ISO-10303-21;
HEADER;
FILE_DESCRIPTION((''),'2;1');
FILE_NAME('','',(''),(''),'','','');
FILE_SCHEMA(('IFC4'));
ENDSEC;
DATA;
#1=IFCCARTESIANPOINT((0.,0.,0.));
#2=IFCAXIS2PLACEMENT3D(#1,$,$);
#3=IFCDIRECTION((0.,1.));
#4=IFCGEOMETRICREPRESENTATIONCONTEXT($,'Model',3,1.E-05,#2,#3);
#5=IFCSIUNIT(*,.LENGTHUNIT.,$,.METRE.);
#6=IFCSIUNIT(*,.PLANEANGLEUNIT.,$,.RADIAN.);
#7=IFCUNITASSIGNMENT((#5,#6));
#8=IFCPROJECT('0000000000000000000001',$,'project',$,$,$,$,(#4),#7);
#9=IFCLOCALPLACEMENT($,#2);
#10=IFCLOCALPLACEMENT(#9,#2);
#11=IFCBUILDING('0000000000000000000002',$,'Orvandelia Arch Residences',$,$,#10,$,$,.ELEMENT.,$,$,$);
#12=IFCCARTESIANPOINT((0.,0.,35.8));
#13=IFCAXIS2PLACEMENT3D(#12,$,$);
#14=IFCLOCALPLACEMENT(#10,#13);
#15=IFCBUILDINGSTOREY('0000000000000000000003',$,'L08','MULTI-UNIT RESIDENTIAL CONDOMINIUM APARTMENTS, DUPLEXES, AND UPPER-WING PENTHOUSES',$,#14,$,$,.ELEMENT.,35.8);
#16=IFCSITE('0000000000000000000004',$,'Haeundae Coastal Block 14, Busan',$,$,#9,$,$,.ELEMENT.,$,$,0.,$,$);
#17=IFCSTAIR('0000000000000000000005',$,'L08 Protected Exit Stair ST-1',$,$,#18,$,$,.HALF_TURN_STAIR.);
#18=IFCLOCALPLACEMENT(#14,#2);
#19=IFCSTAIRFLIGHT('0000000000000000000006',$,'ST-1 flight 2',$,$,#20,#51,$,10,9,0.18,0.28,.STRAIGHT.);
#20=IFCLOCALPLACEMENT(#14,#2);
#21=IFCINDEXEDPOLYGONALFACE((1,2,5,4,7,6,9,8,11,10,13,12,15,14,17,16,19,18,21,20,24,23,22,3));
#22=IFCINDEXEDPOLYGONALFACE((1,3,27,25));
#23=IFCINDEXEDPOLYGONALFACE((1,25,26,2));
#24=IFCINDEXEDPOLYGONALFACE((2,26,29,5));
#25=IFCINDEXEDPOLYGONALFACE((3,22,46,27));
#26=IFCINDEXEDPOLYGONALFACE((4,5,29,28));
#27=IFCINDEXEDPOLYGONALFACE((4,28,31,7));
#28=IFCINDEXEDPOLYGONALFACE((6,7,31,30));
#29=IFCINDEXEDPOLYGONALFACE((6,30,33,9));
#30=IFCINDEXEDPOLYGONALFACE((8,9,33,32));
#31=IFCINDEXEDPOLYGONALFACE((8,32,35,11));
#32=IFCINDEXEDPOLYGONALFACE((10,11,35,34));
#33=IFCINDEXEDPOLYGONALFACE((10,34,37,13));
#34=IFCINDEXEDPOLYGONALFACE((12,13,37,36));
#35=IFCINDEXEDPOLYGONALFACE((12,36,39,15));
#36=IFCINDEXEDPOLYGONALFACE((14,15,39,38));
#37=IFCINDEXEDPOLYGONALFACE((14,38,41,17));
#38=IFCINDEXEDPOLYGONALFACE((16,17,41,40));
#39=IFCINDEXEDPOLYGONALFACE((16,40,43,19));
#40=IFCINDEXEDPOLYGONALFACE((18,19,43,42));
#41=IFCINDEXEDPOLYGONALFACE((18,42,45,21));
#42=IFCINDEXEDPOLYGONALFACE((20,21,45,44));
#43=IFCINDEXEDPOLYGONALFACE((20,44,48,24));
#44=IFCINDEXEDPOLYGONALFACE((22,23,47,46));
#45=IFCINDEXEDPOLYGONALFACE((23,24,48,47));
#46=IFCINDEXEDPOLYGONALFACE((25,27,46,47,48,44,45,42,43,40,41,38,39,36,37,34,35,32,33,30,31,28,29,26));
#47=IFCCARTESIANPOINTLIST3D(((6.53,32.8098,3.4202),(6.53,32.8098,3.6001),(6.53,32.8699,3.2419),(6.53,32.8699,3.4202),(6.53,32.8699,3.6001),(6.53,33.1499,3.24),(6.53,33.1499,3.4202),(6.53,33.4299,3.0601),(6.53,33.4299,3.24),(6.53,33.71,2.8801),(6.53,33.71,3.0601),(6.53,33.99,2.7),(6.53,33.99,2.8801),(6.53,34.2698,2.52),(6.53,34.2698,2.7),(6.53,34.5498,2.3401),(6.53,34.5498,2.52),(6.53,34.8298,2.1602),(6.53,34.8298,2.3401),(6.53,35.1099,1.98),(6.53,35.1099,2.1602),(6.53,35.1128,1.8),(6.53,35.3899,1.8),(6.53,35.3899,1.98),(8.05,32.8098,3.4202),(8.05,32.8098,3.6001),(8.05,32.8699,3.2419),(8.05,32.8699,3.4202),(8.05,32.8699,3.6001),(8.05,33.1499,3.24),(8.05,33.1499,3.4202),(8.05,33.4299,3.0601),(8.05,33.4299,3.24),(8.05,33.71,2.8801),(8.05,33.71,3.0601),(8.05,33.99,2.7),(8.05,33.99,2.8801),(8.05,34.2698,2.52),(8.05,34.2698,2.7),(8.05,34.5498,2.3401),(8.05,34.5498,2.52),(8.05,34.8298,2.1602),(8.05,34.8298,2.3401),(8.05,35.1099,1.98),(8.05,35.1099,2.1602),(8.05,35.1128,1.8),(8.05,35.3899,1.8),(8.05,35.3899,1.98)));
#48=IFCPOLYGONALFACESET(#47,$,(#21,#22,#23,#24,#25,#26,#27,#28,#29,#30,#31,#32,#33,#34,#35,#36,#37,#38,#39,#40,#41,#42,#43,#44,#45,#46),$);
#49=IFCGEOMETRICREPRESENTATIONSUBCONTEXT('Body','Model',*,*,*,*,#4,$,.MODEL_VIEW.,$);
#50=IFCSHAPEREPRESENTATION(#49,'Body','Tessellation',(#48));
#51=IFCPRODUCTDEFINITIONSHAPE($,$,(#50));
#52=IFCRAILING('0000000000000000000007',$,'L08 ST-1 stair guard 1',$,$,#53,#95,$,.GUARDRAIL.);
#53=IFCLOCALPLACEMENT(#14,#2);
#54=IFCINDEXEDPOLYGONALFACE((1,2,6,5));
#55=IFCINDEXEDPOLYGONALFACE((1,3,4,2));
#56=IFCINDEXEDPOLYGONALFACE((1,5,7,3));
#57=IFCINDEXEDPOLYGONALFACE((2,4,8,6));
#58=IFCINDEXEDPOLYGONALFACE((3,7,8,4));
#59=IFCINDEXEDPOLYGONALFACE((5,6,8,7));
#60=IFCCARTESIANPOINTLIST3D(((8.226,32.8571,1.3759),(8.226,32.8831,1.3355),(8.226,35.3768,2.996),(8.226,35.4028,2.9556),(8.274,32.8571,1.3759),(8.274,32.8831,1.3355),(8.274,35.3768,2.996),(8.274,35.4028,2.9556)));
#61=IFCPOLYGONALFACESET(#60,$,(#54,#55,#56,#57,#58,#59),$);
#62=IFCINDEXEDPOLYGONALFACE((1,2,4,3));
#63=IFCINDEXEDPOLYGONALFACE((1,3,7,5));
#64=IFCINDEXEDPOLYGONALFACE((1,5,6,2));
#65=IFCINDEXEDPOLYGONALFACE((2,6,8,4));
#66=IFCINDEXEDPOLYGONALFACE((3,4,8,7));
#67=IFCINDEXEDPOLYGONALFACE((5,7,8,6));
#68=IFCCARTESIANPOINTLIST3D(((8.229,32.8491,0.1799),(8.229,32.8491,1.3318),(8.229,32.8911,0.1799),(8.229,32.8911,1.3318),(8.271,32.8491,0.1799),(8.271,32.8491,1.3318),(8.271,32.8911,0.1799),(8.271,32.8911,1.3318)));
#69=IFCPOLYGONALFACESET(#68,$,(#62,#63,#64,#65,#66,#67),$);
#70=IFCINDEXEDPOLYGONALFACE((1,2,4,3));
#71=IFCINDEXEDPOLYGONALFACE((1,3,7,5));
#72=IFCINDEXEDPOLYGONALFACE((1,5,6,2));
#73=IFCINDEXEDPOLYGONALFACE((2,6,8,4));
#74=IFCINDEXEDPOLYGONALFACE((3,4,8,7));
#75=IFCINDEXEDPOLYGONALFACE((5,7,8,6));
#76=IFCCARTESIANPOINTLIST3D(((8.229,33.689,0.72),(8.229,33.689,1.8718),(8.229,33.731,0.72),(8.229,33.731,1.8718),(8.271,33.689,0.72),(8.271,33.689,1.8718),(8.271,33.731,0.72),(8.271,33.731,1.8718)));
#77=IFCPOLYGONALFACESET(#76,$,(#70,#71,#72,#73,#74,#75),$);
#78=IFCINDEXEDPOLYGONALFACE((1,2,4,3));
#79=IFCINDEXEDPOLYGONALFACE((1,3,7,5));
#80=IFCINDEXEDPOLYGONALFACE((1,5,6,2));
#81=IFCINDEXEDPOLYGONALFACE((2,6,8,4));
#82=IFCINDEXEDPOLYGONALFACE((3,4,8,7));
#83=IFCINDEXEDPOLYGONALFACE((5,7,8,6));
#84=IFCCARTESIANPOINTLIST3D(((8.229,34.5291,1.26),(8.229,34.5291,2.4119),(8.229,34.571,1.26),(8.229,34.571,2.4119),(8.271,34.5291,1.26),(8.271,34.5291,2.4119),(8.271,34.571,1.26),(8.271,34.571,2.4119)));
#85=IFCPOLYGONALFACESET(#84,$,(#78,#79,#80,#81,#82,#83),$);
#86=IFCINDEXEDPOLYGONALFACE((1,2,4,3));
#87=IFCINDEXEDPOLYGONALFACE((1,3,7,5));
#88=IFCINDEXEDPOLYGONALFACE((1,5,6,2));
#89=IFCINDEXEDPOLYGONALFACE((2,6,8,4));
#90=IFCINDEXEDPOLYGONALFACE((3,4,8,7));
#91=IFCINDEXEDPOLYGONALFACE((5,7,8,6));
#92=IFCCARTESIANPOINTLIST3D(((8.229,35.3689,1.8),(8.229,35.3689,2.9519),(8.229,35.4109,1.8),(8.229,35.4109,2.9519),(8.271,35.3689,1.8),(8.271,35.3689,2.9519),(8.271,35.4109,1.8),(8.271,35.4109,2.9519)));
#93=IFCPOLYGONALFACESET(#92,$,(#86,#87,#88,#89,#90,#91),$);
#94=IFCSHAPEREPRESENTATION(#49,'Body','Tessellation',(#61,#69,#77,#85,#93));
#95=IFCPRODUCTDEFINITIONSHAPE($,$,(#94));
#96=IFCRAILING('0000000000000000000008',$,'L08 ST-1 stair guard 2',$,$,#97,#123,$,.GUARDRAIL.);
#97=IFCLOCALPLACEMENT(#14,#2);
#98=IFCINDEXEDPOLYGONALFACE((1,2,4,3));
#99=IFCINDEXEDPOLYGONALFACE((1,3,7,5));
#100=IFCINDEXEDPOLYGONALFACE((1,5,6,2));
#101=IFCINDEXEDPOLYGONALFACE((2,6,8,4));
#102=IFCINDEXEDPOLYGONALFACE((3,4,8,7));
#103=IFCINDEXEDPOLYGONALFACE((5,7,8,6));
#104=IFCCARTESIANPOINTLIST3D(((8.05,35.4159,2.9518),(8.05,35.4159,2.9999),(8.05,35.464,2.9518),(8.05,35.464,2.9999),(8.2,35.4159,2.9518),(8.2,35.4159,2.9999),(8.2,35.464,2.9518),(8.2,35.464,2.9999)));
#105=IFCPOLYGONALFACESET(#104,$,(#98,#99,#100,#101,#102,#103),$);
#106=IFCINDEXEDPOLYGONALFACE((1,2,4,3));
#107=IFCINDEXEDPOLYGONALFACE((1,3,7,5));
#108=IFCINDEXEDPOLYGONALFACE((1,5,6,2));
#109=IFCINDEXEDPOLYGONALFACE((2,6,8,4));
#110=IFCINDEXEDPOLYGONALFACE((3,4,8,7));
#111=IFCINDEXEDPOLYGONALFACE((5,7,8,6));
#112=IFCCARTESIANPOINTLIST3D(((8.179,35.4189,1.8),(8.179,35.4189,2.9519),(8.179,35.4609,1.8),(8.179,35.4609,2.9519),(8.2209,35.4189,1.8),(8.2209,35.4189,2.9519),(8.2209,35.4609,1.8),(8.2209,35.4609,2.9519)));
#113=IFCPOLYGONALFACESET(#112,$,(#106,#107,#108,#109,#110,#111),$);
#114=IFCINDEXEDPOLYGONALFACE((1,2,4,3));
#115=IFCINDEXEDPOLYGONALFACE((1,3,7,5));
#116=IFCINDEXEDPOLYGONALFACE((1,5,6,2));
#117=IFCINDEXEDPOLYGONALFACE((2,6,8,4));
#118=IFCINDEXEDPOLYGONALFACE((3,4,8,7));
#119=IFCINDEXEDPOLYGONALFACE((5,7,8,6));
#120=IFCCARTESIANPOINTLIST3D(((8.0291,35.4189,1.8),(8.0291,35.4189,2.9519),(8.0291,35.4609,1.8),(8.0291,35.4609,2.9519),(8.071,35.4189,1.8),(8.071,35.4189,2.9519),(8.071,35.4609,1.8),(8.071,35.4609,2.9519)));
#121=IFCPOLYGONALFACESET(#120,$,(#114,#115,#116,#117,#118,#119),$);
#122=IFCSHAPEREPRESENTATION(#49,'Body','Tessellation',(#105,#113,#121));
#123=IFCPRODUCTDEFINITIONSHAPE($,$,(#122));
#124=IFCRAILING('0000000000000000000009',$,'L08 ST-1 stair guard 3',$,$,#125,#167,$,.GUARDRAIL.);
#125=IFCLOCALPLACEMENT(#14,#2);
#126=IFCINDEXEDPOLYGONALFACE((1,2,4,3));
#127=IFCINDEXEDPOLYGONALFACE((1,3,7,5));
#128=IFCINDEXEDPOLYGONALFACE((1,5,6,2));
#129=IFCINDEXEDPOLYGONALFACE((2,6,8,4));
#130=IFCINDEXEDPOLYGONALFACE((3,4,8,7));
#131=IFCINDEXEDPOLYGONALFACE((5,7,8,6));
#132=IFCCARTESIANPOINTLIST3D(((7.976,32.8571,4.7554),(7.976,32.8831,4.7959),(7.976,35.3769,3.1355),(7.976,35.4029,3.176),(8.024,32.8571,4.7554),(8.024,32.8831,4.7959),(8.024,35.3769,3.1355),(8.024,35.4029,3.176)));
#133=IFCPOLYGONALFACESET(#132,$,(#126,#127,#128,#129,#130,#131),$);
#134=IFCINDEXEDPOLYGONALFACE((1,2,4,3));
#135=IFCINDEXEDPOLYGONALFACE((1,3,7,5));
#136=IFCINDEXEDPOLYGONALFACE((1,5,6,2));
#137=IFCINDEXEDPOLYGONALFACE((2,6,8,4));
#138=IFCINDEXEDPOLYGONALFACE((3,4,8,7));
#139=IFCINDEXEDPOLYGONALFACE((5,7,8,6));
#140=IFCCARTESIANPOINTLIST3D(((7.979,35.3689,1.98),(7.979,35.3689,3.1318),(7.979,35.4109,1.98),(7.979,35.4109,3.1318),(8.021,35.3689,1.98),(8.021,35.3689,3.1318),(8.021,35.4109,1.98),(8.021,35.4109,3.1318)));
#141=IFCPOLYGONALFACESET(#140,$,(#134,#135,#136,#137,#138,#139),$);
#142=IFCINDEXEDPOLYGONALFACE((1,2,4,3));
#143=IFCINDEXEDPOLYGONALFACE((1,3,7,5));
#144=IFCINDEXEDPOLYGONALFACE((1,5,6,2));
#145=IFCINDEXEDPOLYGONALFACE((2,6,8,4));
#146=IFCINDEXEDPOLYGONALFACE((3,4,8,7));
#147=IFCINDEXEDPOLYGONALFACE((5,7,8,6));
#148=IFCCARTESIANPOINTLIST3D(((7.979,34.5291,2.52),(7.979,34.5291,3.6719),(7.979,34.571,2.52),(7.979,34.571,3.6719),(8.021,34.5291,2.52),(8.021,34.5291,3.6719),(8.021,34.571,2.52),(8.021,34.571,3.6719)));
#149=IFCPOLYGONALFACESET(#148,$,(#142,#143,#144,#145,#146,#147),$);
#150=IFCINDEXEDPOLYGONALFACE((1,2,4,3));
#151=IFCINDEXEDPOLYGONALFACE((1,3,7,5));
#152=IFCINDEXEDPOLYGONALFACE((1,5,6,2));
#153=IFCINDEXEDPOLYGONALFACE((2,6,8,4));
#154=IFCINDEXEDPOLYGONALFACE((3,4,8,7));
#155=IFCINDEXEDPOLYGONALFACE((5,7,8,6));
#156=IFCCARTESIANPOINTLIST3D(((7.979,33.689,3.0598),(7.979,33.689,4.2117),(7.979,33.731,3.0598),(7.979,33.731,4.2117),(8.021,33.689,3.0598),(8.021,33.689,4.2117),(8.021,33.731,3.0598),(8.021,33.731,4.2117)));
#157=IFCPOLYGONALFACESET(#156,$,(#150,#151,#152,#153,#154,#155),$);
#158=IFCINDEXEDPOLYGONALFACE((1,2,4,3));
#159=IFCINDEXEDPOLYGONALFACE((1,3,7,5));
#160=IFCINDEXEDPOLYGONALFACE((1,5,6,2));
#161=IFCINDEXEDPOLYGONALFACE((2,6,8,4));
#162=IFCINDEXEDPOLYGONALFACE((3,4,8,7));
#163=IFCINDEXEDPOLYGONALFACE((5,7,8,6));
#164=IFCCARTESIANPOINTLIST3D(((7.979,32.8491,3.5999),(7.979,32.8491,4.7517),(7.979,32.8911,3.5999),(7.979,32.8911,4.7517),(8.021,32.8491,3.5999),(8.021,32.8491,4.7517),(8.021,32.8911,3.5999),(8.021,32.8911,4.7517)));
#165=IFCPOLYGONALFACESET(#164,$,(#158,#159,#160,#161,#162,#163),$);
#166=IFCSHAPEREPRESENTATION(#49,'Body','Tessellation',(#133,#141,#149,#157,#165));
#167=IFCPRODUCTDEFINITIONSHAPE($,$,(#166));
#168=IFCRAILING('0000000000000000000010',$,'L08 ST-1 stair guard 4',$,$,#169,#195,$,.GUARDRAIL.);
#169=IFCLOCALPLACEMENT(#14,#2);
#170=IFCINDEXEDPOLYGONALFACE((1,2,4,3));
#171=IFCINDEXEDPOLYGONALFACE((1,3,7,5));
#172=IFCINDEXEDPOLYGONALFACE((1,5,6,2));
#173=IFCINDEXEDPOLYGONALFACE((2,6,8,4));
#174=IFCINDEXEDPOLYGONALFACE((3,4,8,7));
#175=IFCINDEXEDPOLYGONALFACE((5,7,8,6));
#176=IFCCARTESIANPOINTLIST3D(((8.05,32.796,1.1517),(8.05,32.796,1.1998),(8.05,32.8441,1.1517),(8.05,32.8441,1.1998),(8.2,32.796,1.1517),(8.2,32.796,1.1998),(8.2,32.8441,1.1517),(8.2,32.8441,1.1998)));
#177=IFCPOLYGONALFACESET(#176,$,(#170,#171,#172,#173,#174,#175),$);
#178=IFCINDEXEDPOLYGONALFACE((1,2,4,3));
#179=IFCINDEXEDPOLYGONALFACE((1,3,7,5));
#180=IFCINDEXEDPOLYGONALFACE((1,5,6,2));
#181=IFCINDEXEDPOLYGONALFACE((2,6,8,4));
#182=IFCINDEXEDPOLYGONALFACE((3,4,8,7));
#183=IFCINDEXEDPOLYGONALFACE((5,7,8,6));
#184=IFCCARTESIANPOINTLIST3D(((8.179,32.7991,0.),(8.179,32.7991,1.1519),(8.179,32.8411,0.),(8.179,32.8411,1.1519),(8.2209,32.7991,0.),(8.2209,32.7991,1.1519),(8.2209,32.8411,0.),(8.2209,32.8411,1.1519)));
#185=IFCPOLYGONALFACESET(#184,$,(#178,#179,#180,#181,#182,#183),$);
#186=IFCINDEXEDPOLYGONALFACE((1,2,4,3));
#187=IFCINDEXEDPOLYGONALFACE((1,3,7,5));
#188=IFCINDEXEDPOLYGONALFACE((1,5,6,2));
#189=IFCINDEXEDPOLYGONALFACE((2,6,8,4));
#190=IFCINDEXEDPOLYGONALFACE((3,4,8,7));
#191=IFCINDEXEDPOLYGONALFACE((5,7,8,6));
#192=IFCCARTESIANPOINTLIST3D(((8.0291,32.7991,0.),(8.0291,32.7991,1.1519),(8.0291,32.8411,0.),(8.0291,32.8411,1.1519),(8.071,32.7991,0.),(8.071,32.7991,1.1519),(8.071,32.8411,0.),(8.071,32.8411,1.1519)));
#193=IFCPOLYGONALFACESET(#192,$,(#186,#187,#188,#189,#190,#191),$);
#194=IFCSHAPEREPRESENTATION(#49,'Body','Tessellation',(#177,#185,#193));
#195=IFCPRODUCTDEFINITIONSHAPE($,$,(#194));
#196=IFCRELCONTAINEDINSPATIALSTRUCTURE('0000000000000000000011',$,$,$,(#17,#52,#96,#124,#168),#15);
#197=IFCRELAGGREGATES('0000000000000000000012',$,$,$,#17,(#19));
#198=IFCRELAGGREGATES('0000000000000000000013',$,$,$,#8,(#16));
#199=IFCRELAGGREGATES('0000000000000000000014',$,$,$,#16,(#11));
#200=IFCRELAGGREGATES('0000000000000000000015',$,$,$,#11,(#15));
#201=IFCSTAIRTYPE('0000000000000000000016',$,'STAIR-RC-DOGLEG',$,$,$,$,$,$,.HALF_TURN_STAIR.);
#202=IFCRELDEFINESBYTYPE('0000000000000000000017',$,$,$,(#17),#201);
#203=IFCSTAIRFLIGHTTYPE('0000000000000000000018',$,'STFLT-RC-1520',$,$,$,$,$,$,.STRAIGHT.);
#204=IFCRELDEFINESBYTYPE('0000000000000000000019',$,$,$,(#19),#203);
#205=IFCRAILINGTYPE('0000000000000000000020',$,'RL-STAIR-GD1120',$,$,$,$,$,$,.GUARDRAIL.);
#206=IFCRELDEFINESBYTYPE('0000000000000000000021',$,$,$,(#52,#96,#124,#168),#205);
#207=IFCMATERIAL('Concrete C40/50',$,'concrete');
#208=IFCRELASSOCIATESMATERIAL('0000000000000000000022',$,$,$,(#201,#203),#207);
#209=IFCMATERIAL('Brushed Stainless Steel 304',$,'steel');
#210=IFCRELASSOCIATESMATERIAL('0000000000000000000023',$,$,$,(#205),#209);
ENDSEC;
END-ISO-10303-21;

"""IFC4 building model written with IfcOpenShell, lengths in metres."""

from ifc_helpers import new_model, si_unit, direction, frame, origin, origin_2d, place, context, subcontext, project, spatial, polyline, rectangle, outline, extrude, material, type_object, element, aggregate, save


model = new_model("IFC4")

# Units and contexts
model_context = context("Model", 3, precision=1e-05, world=origin(), true_north=direction((0.0, 1.0)))
body_context = subcontext(model_context, "Body", "Model", "MODEL_VIEW")
ifc_project = project(units=[si_unit("LENGTHUNIT", "METRE"), si_unit("PLANEANGLEUNIT", "RADIAN")], contexts=[model_context])

# Site, building, storey
site_placement = place(None, origin())
site = spatial("IfcSite", under=ifc_project, at=site_placement, Name="Haeundae Coastal Block 14, Busan", CompositionType="ELEMENT", RefElevation=0.0)
building_placement = place(site_placement, origin())
building = spatial("IfcBuilding", under=site, at=building_placement, Name="Orvandelia Arch Residences", CompositionType="ELEMENT")
storey_placement = place(building_placement, frame((0.0, 0.0, 35.8)))
storey = spatial("IfcBuildingStorey", under=building, at=storey_placement, Name="L08", Description="MULTI-UNIT RESIDENTIAL CONDOMINIUM APARTMENTS, DUPLEXES, AND UPPER-WING PENTHOUSES", CompositionType="ELEMENT", Elevation=35.8)

# Stair, stair flight
ifc_material_1 = material(Name="Concrete C40/50", Category="concrete")
stair_type = type_object("IfcStairType", Name="STAIR-RC-DOGLEG", PredefinedType="HALF_TURN_STAIR", material=ifc_material_1)
stair_placement = place(storey_placement, origin())
stair = element("IfcStair", 1, at=stair_placement, inside=storey, type_object=stair_type, Name="L08 Protected Exit Stair ST-1", PredefinedType="HALF_TURN_STAIR")
stair_flight_type = type_object("IfcStairFlightType", Name="STFLT-RC-1520", PredefinedType="STRAIGHT", material=ifc_material_1)
stair_flight_1_placement = place(storey_placement, frame((7.29, 35.3899, 1.8), z_axis=(0.0, 0.0, 1.0), x_axis=(0.0, -1.0, 0.0)))
stair_flight_1 = element("IfcStairFlight", 2, at=stair_flight_1_placement, type_object=stair_flight_type, Name="ST-1 flight 2", NumberOfRisers=10, NumberOfTreads=9, PredefinedType="STRAIGHT", RiserHeight=0.18, TreadLength=0.28, context=body_context, shape_type="SweptSolid", body=[
    extrude(outline(polyline([(0.0, 0.0), (0.0, 0.1799), (0.28, 0.1799), (0.28, 0.3601), (0.5601, 0.3601), (0.5601, 0.54), (0.8401, 0.54), (0.8401, 0.72), (1.1201, 0.72), (1.1201, 0.8999), (1.3999, 0.8999), (1.3999, 1.0801), (1.6799, 1.0801), (1.6799, 1.26), (1.96, 1.26), (1.96, 1.4399), (2.24, 1.4399), (2.24, 1.6201), (2.52, 1.6201), (2.52, 1.8), (2.5801, 1.8), (2.5801, 1.6201), (2.52, 1.4419), (0.2771, 0.0), (0.0, 0.0)])), frame((0.0, 0.76, 0.0), z_axis=(0.0, -1.0, 0.0), x_axis=(1.0, 0.0, 0.0)), (0.0, 0.0, 1.0), 1.52),
])
aggregate(stair, [stair_flight_1])

# Railings
ifc_material_2 = material(Name="Brushed Stainless Steel 304", Category="steel")
railing_type_1 = type_object("IfcRailingType", Name="RL-STAIR-GD1120", PredefinedType="GUARDRAIL", material=ifc_material_2)
railing_1_placement = place(storey_placement, frame((8.25, 32.8701, 0.1799)))
element("IfcRailing", 3, at=railing_1_placement, inside=storey, type_object=railing_type_1, Name="L08 ST-1 stair guard 1", PredefinedType="GUARDRAIL", context=body_context, shape_type="SweptSolid", body=[
    extrude(rectangle(XDim=0.0481, YDim=0.0481, at=origin_2d()), frame((0.0, 0.0, 1.1758), z_axis=(0.0, 0.841139, 0.540819), x_axis=(-1.0, 0.0, 0.0)), (0.0, 0.0, 1.0), 2.9956),
    extrude(rectangle(XDim=0.042, YDim=0.042, at=origin_2d()), origin(), (0.0, 0.0, 1.0), 1.1519),
    extrude(rectangle(XDim=0.042, YDim=0.042, at=origin_2d()), frame((0.0, 0.8398, 0.54)), (0.0, 0.0, 1.0), 1.1519),
    extrude(rectangle(XDim=0.042, YDim=0.042, at=origin_2d()), frame((0.0, 1.6799, 1.0801)), (0.0, 0.0, 1.0), 1.1519),
    extrude(rectangle(XDim=0.042, YDim=0.042, at=origin_2d()), frame((0.0, 2.5198, 1.6201)), (0.0, 0.0, 1.0), 1.1519),
])
railing_2_placement = place(storey_placement, frame((8.2, 35.4399, 1.8)))
element("IfcRailing", 4, at=railing_2_placement, inside=storey, type_object=railing_type_1, Name="L08 ST-1 stair guard 2", PredefinedType="GUARDRAIL", context=body_context, shape_type="SweptSolid", body=[
    extrude(rectangle(XDim=0.0481, YDim=0.0481, at=origin_2d()), frame((0.0, 0.0, 1.1758), z_axis=(-1.0, 0.0, 0.0), x_axis=(0.0, -1.0, 0.0)), (0.0, 0.0, 1.0), 0.1499),
    extrude(rectangle(XDim=0.042, YDim=0.042, at=origin_2d()), origin(), (0.0, 0.0, 1.0), 1.1519),
    extrude(rectangle(XDim=0.042, YDim=0.042, at=origin_2d()), frame((-0.1499, 0.0, 0.0)), (0.0, 0.0, 1.0), 1.1519),
])
railing_3_placement = place(storey_placement, frame((8.0, 35.3899, 1.98)))
element("IfcRailing", 5, at=railing_3_placement, inside=storey, type_object=railing_type_1, Name="L08 ST-1 stair guard 3", PredefinedType="GUARDRAIL", context=body_context, shape_type="SweptSolid", body=[
    extrude(rectangle(XDim=0.0481, YDim=0.0481, at=origin_2d()), frame((0.0, 0.0, 1.1758), z_axis=(0.0, -0.841176, 0.540762), x_axis=(1.0, 0.0, 0.0)), (0.0, 0.0, 1.0), 2.9956),
    extrude(rectangle(XDim=0.042, YDim=0.042, at=origin_2d()), origin(), (0.0, 0.0, 1.0), 1.1519),
    extrude(rectangle(XDim=0.042, YDim=0.042, at=origin_2d()), frame((0.0, -0.8398, 0.54)), (0.0, 0.0, 1.0), 1.1519),
    extrude(rectangle(XDim=0.042, YDim=0.042, at=origin_2d()), frame((0.0, -1.6799, 1.0798)), (0.0, 0.0, 1.0), 1.1519),
    extrude(rectangle(XDim=0.042, YDim=0.042, at=origin_2d()), frame((0.0, -2.5198, 1.6199)), (0.0, 0.0, 1.0), 1.1519),
])
railing_4_placement = place(storey_placement, frame((8.2, 32.8201, 0.0)))
element("IfcRailing", 6, at=railing_4_placement, inside=storey, type_object=railing_type_1, Name="L08 ST-1 stair guard 4", PredefinedType="GUARDRAIL", context=body_context, shape_type="SweptSolid", body=[
    extrude(rectangle(XDim=0.0481, YDim=0.0481, at=origin_2d()), frame((0.0, 0.0, 1.1758), z_axis=(-1.0, 0.0, 0.0), x_axis=(0.0, -1.0, 0.0)), (0.0, 0.0, 1.0), 0.1499),
    extrude(rectangle(XDim=0.042, YDim=0.042, at=origin_2d()), origin(), (0.0, 0.0, 1.0), 1.1519),
    extrude(rectangle(XDim=0.042, YDim=0.042, at=origin_2d()), frame((-0.1499, 0.0, 0.0)), (0.0, 0.0, 1.0), 1.1519),
])

save(model, "model.ifc")
